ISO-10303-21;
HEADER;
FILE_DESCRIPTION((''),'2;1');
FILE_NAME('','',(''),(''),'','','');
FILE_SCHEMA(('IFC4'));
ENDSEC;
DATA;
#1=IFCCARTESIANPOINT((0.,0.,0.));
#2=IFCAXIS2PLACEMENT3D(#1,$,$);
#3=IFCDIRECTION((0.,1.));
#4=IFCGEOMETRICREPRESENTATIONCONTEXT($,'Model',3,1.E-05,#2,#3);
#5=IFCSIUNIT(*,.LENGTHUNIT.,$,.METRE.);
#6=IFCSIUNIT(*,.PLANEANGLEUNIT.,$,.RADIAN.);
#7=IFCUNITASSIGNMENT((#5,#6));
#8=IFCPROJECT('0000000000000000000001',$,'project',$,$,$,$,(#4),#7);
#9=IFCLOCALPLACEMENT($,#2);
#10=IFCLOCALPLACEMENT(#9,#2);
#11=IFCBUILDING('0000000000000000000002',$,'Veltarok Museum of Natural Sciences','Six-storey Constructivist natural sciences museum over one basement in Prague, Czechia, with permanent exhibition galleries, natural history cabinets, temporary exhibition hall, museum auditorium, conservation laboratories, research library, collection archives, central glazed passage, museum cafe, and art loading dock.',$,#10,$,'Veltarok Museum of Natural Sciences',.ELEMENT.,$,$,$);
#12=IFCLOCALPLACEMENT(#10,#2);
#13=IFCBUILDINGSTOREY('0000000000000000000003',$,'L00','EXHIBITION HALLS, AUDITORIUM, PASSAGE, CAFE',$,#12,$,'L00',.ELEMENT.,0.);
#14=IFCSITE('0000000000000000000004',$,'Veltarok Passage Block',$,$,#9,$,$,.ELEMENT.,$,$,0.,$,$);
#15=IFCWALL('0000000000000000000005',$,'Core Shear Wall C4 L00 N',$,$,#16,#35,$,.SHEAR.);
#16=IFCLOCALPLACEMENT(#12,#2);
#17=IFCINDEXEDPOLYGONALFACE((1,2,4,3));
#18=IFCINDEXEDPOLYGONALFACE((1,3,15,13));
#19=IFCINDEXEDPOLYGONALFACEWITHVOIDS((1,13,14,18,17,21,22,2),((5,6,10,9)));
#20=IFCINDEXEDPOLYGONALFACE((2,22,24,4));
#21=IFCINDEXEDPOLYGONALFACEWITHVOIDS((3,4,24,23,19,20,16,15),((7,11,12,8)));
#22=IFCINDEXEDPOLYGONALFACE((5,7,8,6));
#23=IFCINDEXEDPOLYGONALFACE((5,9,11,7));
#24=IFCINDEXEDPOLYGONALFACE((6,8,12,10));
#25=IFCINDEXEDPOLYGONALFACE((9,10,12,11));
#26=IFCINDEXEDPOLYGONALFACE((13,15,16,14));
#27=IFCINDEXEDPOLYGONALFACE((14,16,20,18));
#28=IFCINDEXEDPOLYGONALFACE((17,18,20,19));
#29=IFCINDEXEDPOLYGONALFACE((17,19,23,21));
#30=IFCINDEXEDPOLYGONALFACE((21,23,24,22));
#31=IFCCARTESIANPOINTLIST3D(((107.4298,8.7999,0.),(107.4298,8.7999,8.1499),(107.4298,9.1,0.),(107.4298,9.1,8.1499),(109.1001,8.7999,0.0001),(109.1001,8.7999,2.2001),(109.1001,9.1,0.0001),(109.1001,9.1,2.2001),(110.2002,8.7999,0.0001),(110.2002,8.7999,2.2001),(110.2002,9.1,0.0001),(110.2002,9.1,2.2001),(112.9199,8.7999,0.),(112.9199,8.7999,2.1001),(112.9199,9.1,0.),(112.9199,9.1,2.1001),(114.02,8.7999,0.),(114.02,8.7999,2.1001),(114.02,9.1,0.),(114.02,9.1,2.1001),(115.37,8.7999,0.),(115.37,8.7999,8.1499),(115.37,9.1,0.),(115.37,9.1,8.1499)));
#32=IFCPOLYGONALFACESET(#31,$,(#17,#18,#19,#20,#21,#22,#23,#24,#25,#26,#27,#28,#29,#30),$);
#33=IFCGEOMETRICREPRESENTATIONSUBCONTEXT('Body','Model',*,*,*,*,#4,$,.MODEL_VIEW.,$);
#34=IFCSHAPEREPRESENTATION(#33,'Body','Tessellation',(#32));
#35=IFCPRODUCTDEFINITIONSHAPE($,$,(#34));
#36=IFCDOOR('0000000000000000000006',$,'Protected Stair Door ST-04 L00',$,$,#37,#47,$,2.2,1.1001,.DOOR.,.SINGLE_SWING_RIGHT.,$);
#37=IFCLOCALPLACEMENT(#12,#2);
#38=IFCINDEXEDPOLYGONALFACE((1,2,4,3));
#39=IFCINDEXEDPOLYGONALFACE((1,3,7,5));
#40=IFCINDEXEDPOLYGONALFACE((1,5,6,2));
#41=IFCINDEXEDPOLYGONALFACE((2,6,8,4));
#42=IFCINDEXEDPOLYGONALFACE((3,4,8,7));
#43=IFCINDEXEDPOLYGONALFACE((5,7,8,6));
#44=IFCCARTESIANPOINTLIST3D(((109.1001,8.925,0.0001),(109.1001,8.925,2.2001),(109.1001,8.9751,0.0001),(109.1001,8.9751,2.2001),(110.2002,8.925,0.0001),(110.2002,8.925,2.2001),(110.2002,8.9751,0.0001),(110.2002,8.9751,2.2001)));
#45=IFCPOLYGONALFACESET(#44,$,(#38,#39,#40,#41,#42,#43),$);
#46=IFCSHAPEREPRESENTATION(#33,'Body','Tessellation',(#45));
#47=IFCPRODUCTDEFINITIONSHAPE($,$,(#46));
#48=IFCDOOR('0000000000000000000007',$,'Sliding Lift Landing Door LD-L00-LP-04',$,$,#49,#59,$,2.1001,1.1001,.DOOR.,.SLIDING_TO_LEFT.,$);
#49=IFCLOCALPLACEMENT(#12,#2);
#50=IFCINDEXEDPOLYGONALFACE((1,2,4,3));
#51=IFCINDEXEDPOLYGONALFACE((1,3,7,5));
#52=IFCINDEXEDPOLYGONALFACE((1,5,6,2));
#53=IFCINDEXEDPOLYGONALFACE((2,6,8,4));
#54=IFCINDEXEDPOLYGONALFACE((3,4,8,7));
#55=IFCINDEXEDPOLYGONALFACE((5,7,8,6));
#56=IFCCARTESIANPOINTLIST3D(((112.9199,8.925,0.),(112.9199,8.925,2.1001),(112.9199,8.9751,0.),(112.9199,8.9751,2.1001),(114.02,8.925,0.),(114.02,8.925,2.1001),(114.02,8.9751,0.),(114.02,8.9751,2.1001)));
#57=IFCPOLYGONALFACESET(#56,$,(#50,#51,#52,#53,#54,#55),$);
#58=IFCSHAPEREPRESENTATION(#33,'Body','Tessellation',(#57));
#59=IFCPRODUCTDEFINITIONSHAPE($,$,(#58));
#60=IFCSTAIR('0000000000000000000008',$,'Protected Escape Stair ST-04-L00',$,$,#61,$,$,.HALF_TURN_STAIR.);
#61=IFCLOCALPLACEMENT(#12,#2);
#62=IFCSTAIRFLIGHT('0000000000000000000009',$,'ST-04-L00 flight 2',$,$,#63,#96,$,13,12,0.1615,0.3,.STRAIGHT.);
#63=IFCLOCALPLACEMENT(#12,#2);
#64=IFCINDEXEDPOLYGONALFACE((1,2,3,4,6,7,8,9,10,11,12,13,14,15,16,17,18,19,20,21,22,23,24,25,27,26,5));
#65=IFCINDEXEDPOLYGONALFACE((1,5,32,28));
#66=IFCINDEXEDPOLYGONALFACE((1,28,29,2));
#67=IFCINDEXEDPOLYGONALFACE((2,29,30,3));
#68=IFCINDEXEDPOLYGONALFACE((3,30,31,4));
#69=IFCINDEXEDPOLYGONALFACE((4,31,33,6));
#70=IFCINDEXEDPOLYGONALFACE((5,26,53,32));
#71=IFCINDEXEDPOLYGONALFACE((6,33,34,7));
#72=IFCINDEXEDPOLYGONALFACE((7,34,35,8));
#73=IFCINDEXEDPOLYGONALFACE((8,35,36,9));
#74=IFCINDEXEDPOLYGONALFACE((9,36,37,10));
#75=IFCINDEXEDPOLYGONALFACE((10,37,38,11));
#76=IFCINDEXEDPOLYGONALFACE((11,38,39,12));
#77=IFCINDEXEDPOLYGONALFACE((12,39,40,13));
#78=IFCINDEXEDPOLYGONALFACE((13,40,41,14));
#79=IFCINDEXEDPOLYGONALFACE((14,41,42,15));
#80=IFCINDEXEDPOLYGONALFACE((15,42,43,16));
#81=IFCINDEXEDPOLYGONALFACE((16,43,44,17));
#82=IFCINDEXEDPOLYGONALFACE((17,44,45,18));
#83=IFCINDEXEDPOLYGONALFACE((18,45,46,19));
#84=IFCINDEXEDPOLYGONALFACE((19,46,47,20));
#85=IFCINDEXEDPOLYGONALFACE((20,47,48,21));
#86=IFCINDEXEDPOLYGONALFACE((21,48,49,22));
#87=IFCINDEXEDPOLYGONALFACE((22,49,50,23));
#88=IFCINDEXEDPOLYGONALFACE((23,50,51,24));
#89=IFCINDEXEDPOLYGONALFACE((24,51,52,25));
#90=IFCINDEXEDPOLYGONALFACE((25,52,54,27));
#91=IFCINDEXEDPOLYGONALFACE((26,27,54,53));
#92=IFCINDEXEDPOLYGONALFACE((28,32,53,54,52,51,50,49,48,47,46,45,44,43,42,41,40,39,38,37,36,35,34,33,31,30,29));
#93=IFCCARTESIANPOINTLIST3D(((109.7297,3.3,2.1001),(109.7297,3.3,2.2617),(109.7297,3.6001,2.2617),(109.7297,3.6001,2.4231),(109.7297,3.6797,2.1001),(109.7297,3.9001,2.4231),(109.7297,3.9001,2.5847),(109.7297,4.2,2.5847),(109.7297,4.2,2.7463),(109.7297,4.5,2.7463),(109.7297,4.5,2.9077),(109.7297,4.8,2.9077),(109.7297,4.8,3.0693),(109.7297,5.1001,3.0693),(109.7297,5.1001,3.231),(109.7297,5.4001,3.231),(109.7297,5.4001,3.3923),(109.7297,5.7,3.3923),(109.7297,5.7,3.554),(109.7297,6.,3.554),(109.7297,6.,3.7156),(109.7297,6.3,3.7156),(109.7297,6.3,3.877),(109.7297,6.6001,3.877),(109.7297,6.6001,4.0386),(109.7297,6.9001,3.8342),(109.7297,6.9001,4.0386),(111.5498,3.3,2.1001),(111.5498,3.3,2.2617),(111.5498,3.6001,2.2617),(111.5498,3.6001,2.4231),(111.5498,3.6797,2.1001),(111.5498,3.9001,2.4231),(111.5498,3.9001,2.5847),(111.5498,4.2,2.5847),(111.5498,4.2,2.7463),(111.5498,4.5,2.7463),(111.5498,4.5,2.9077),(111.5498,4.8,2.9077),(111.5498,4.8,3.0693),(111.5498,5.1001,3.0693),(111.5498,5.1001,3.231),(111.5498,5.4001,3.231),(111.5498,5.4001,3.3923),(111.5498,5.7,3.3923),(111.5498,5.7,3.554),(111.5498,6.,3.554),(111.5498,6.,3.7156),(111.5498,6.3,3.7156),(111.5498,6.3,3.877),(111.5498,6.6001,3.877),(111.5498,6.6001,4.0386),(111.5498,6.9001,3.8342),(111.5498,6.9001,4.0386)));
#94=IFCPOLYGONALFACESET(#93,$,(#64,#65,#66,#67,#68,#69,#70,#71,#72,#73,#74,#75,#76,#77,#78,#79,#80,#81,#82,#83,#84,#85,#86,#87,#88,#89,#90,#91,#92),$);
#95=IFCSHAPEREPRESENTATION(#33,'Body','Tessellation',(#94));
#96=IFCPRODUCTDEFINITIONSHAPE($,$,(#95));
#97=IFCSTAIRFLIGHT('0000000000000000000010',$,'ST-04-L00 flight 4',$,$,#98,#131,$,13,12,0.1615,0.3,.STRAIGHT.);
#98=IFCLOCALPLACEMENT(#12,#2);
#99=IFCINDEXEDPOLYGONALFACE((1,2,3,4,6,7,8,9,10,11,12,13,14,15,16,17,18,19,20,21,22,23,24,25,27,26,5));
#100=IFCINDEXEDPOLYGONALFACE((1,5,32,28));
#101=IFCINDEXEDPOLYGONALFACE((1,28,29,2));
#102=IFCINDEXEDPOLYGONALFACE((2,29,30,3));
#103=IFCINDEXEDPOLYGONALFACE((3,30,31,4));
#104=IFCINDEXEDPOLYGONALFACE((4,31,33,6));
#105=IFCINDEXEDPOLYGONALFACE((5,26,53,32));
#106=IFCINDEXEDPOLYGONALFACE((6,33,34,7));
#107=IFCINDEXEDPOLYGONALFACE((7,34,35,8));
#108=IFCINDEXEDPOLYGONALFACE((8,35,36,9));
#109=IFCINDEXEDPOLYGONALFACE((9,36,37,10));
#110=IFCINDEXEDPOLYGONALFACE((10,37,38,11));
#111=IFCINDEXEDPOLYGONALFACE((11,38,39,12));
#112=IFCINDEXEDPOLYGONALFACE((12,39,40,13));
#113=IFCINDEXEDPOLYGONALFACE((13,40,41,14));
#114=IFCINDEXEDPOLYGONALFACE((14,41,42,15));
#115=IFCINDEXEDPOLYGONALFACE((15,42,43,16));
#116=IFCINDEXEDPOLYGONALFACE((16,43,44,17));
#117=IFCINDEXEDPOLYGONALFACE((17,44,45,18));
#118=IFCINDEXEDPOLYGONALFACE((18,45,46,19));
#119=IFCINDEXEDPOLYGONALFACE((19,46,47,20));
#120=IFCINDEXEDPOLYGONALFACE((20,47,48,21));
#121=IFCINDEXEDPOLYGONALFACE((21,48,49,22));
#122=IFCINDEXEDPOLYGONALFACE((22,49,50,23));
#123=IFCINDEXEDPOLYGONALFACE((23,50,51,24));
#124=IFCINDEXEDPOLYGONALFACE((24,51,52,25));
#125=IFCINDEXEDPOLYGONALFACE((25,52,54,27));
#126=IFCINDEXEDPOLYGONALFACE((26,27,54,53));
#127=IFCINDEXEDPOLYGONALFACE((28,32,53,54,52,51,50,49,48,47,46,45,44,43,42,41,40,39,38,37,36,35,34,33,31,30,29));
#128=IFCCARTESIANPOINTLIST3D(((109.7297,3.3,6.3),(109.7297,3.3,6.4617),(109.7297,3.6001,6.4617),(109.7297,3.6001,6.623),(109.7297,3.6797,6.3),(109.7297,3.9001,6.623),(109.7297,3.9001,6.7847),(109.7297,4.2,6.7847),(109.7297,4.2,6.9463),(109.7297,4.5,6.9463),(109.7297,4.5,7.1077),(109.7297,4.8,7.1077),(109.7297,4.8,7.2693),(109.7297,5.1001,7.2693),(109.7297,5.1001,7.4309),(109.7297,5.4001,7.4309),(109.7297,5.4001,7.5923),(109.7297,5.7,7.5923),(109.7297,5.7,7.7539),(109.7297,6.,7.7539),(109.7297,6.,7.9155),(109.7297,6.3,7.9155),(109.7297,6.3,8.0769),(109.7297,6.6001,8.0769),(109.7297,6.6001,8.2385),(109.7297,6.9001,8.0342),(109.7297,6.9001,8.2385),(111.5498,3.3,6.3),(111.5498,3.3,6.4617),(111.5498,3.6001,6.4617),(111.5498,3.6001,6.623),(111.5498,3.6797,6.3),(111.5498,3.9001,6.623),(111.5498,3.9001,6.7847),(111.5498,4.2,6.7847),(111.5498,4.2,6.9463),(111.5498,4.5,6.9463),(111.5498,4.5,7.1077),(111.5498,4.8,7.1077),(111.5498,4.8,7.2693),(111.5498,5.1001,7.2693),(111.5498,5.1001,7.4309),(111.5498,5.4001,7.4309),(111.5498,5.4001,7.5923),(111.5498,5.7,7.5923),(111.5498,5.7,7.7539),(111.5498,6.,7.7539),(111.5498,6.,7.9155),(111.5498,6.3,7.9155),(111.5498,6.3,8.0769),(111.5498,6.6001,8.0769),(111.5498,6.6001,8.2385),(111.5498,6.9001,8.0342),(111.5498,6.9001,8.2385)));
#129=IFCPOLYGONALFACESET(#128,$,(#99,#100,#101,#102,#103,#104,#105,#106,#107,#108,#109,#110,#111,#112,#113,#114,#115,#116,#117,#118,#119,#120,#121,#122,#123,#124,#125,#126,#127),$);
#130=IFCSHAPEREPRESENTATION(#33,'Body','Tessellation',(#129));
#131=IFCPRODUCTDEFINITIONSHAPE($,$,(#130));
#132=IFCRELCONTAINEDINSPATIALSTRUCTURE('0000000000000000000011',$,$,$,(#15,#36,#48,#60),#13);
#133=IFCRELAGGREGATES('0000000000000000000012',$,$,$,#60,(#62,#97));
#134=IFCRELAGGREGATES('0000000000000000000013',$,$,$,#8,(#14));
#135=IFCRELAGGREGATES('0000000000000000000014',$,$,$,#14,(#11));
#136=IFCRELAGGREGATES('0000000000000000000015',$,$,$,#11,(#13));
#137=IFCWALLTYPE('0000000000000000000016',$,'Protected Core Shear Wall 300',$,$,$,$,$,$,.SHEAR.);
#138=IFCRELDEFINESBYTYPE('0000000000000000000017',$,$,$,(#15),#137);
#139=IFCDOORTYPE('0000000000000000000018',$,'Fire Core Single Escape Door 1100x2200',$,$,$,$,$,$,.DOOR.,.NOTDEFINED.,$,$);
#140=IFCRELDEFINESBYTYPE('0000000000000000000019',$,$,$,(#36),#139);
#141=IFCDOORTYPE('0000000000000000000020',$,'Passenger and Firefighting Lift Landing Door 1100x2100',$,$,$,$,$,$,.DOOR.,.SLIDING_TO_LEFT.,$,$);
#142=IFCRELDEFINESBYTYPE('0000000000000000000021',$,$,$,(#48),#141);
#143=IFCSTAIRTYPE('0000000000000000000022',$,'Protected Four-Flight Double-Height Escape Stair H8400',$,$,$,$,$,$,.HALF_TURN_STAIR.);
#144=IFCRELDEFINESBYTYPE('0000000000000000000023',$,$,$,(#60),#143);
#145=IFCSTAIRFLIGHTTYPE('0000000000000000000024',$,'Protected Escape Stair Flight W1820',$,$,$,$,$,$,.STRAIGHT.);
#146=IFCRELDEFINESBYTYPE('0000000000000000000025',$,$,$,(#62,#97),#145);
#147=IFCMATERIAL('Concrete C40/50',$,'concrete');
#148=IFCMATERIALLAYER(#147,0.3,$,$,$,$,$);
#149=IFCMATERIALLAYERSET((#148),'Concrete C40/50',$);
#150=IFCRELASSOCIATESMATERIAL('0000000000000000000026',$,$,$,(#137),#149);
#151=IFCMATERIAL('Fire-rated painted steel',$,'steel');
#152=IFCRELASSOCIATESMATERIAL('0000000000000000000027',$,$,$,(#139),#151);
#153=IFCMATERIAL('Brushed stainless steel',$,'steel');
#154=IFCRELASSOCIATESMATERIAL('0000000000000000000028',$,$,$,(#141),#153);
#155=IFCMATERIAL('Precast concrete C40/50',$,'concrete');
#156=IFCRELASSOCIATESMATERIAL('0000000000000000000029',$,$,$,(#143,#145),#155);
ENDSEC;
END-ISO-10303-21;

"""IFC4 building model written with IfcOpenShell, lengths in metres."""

from ifc_helpers import new_model, si_unit, direction, frame, frame_2d, origin, place, context, subcontext, project, spatial, polyline, rectangle, outline, extrude, material, layer, layer_set, type_object, element, fill, aggregate, save


model = new_model("IFC4")

# Units and contexts
model_context = context("Model", 3, precision=1e-05, world=origin(), true_north=direction((0.0, 1.0)))
body_context = subcontext(model_context, "Body", "Model", "MODEL_VIEW")
ifc_project = project(units=[si_unit("LENGTHUNIT", "METRE"), si_unit("PLANEANGLEUNIT", "RADIAN")], contexts=[model_context])

# Site, building, storey
site_placement = place(None, origin())
site = spatial("IfcSite", under=ifc_project, at=site_placement, Name="Veltarok Passage Block", CompositionType="ELEMENT", RefElevation=0.0)
building_placement = place(site_placement, origin())
building = spatial("IfcBuilding", under=site, at=building_placement, Name="Veltarok Museum of Natural Sciences", Description="Six-storey Constructivist natural sciences museum over one basement in Prague, Czechia, with permanent exhibition galleries, natural history cabinets, temporary exhibition hall, museum auditorium, conservation laboratories, research library, collection archives, central glazed passage, museum cafe, and art loading dock.", LongName="Veltarok Museum of Natural Sciences", CompositionType="ELEMENT")
storey_placement = place(building_placement, origin())
storey = spatial("IfcBuildingStorey", under=building, at=storey_placement, Name="L00", Description="EXHIBITION HALLS, AUDITORIUM, PASSAGE, CAFE", LongName="L00", CompositionType="ELEMENT", Elevation=0.0)

# Shared definitions
ifc_material_1 = material(Name="Concrete C40/50", Category="concrete")

# Wall, openings, doors
ifc_layer_1 = layer(ifc_material_1, 0.3)
ifc_layer_set_1 = layer_set([ifc_layer_1], Name="Concrete C40/50")
wall_type_1 = type_object("IfcWallType", Name="Protected Core Shear Wall 300", PredefinedType="SHEAR", material=ifc_layer_set_1)
wall_1_placement = place(storey_placement, frame((115.3701, 8.95, 0.0), z_axis=(0.0, 0.0, 1.0), x_axis=(-1.0, 0.0, 0.0)))
wall_1 = element("IfcWall", 1, at=wall_1_placement, inside=storey, type_object=wall_type_1, Name="Core Shear Wall C4 L00 N", PredefinedType="SHEAR", context=body_context, shape_type="SweptSolid", body=[
    extrude(rectangle(XDim=7.9402, YDim=0.3, at=frame_2d((3.9702, 0.0))), origin(), (0.0, 0.0, 1.0), 8.1499),
])
opening_1_placement = place(wall_1_placement, frame((5.1699, 0.0, 0.0)))
opening_1 = element("IfcOpeningElement", 2, at=opening_1_placement, cuts=wall_1, PredefinedType="OPENING", context=body_context, shape_type="SweptSolid", body=[
    extrude(rectangle(XDim=1.1001, YDim=2.2, at=frame_2d((0.55, 1.1001))), frame((0.0, 0.1602, 0.0), z_axis=(0.0, -1.0, 0.0), x_axis=(1.0, 0.0, 0.0)), (0.0, 0.0, 1.0), 0.3201),
])
opening_2_placement = place(wall_1_placement, frame((1.3501, 0.0, 0.0)))
opening_2 = element("IfcOpeningElement", 3, at=opening_2_placement, cuts=wall_1, PredefinedType="OPENING", context=body_context, shape_type="SweptSolid", body=[
    extrude(rectangle(XDim=1.1001, YDim=2.1001, at=frame_2d((0.55, 1.05))), frame((0.0, 0.1602, 0.0), z_axis=(0.0, -1.0, 0.0), x_axis=(1.0, 0.0, 0.0)), (0.0, 0.0, 1.0), 0.3201),
])
ifc_material_2 = material(Name="Fire-rated painted steel", Category="steel")
door_type_1 = type_object("IfcDoorType", Name="Fire Core Single Escape Door 1100x2200", OperationType="NOTDEFINED", PredefinedType="DOOR", material=ifc_material_2)
door_1_placement = place(opening_1_placement, origin())
door_1 = element("IfcDoor", 4, at=door_1_placement, inside=storey, type_object=door_type_1, Name="Protected Stair Door ST-04 L00", OperationType="SINGLE_SWING_RIGHT", OverallHeight=2.2, OverallWidth=1.1001, PredefinedType="DOOR", context=body_context, shape_type="SweptSolid", body=[
    extrude(rectangle(XDim=1.1001, YDim=2.2, at=frame_2d((0.55, 1.1001))), frame((0.0, 0.0249, 0.0), z_axis=(0.0, -1.0, 0.0), x_axis=(1.0, 0.0, 0.0)), (0.0, 0.0, 1.0), 0.05),
])
fill(opening_1, door_1)
ifc_material_3 = material(Name="Brushed stainless steel", Category="steel")
door_type_2 = type_object("IfcDoorType", Name="Passenger and Firefighting Lift Landing Door 1100x2100", OperationType="SLIDING_TO_LEFT", PredefinedType="DOOR", material=ifc_material_3)
door_2_placement = place(opening_2_placement, origin())
door_2 = element("IfcDoor", 5, at=door_2_placement, inside=storey, type_object=door_type_2, Name="Sliding Lift Landing Door LD-L00-LP-04", OperationType="SLIDING_TO_LEFT", OverallHeight=2.1001, OverallWidth=1.1001, PredefinedType="DOOR", context=body_context, shape_type="SweptSolid", body=[
    extrude(rectangle(XDim=1.1001, YDim=2.1001, at=frame_2d((0.55, 1.05))), frame((0.0, 0.0249, 0.0), z_axis=(0.0, -1.0, 0.0), x_axis=(1.0, 0.0, 0.0)), (0.0, 0.0, 1.0), 0.05),
])
fill(opening_2, door_2)

# Stair, stair flights
ifc_material_4 = material(Name="Precast concrete C40/50", Category="concrete")
stair_type = type_object("IfcStairType", Name="Protected Four-Flight Double-Height Escape Stair H8400", PredefinedType="HALF_TURN_STAIR", material=ifc_material_4)
stair_placement = place(storey_placement, origin())
stair = element("IfcStair", 6, at=stair_placement, inside=storey, type_object=stair_type, Name="Protected Escape Stair ST-04-L00", PredefinedType="HALF_TURN_STAIR")
stair_flight_type = type_object("IfcStairFlightType", Name="Protected Escape Stair Flight W1820", PredefinedType="STRAIGHT", material=ifc_material_4)
stair_flight_1_placement = place(storey_placement, frame((110.6399, 3.3, 2.1001), z_axis=(0.0, 0.0, 1.0), x_axis=(0.0, 1.0, 0.0)))
stair_flight_1 = element("IfcStairFlight", 7, at=stair_flight_1_placement, type_object=stair_flight_type, Name="ST-04-L00 flight 2", NumberOfRisers=13, NumberOfTreads=12, PredefinedType="STRAIGHT", RiserHeight=0.1615, TreadLength=0.3, context=body_context, shape_type="SweptSolid", body=[
    extrude(outline(polyline([(0.0, 0.0), (0.0, 0.1616), (0.3, 0.1616), (0.3, 0.323), (0.6001, 0.323), (0.6001, 0.4846), (0.8999, 0.4846), (0.8999, 0.6462), (1.2, 0.6462), (1.2, 0.8076), (1.5, 0.8076), (1.5, 0.9692), (1.8, 0.9692), (1.8, 1.1309), (2.1001, 1.1309), (2.1001, 1.2922), (2.3999, 1.2922), (2.3999, 1.4539), (2.7, 1.4539), (2.7, 1.6155), (3.0, 1.6155), (3.0, 1.7769), (3.3, 1.7769), (3.3, 1.9385), (3.6001, 1.9385), (3.6001, 2.1001), (3.6001, 1.7341), (0.3796, 0.0), (0.0, 0.0)])), frame((0.0, 0.9102, 0.0), z_axis=(0.0, -1.0, 0.0), x_axis=(1.0, 0.0, 0.0)), (0.0, 0.0, 1.0), 1.8201),
])
stair_flight_2_placement = place(storey_placement, frame((110.6399, 3.3, 6.3), z_axis=(0.0, 0.0, 1.0), x_axis=(0.0, 1.0, 0.0)))
stair_flight_2 = element("IfcStairFlight", 8, at=stair_flight_2_placement, type_object=stair_flight_type, Name="ST-04-L00 flight 4", NumberOfRisers=13, NumberOfTreads=12, PredefinedType="STRAIGHT", RiserHeight=0.1615, TreadLength=0.3, context=body_context, shape_type="SweptSolid", body=[
    extrude(outline(polyline([(0.0, 0.0), (0.0, 0.1616), (0.3, 0.1616), (0.3, 0.323), (0.6001, 0.323), (0.6001, 0.4846), (0.8999, 0.4846), (0.8999, 0.6462), (1.2, 0.6462), (1.2, 0.8076), (1.5, 0.8076), (1.5, 0.9692), (1.8, 0.9692), (1.8, 1.1309), (2.1001, 1.1309), (2.1001, 1.2922), (2.3999, 1.2922), (2.3999, 1.4539), (2.7, 1.4539), (2.7, 1.6155), (3.0, 1.6155), (3.0, 1.7769), (3.3, 1.7769), (3.3, 1.9385), (3.6001, 1.9385), (3.6001, 2.1001), (3.6001, 1.7341), (0.3796, 0.0), (0.0, 0.0)])), frame((0.0, 0.9102, 0.0), z_axis=(0.0, -1.0, 0.0), x_axis=(1.0, 0.0, 0.0)), (0.0, 0.0, 1.0), 1.8201),
])
aggregate(stair, [stair_flight_1, stair_flight_2])

save(model, "model.ifc")
